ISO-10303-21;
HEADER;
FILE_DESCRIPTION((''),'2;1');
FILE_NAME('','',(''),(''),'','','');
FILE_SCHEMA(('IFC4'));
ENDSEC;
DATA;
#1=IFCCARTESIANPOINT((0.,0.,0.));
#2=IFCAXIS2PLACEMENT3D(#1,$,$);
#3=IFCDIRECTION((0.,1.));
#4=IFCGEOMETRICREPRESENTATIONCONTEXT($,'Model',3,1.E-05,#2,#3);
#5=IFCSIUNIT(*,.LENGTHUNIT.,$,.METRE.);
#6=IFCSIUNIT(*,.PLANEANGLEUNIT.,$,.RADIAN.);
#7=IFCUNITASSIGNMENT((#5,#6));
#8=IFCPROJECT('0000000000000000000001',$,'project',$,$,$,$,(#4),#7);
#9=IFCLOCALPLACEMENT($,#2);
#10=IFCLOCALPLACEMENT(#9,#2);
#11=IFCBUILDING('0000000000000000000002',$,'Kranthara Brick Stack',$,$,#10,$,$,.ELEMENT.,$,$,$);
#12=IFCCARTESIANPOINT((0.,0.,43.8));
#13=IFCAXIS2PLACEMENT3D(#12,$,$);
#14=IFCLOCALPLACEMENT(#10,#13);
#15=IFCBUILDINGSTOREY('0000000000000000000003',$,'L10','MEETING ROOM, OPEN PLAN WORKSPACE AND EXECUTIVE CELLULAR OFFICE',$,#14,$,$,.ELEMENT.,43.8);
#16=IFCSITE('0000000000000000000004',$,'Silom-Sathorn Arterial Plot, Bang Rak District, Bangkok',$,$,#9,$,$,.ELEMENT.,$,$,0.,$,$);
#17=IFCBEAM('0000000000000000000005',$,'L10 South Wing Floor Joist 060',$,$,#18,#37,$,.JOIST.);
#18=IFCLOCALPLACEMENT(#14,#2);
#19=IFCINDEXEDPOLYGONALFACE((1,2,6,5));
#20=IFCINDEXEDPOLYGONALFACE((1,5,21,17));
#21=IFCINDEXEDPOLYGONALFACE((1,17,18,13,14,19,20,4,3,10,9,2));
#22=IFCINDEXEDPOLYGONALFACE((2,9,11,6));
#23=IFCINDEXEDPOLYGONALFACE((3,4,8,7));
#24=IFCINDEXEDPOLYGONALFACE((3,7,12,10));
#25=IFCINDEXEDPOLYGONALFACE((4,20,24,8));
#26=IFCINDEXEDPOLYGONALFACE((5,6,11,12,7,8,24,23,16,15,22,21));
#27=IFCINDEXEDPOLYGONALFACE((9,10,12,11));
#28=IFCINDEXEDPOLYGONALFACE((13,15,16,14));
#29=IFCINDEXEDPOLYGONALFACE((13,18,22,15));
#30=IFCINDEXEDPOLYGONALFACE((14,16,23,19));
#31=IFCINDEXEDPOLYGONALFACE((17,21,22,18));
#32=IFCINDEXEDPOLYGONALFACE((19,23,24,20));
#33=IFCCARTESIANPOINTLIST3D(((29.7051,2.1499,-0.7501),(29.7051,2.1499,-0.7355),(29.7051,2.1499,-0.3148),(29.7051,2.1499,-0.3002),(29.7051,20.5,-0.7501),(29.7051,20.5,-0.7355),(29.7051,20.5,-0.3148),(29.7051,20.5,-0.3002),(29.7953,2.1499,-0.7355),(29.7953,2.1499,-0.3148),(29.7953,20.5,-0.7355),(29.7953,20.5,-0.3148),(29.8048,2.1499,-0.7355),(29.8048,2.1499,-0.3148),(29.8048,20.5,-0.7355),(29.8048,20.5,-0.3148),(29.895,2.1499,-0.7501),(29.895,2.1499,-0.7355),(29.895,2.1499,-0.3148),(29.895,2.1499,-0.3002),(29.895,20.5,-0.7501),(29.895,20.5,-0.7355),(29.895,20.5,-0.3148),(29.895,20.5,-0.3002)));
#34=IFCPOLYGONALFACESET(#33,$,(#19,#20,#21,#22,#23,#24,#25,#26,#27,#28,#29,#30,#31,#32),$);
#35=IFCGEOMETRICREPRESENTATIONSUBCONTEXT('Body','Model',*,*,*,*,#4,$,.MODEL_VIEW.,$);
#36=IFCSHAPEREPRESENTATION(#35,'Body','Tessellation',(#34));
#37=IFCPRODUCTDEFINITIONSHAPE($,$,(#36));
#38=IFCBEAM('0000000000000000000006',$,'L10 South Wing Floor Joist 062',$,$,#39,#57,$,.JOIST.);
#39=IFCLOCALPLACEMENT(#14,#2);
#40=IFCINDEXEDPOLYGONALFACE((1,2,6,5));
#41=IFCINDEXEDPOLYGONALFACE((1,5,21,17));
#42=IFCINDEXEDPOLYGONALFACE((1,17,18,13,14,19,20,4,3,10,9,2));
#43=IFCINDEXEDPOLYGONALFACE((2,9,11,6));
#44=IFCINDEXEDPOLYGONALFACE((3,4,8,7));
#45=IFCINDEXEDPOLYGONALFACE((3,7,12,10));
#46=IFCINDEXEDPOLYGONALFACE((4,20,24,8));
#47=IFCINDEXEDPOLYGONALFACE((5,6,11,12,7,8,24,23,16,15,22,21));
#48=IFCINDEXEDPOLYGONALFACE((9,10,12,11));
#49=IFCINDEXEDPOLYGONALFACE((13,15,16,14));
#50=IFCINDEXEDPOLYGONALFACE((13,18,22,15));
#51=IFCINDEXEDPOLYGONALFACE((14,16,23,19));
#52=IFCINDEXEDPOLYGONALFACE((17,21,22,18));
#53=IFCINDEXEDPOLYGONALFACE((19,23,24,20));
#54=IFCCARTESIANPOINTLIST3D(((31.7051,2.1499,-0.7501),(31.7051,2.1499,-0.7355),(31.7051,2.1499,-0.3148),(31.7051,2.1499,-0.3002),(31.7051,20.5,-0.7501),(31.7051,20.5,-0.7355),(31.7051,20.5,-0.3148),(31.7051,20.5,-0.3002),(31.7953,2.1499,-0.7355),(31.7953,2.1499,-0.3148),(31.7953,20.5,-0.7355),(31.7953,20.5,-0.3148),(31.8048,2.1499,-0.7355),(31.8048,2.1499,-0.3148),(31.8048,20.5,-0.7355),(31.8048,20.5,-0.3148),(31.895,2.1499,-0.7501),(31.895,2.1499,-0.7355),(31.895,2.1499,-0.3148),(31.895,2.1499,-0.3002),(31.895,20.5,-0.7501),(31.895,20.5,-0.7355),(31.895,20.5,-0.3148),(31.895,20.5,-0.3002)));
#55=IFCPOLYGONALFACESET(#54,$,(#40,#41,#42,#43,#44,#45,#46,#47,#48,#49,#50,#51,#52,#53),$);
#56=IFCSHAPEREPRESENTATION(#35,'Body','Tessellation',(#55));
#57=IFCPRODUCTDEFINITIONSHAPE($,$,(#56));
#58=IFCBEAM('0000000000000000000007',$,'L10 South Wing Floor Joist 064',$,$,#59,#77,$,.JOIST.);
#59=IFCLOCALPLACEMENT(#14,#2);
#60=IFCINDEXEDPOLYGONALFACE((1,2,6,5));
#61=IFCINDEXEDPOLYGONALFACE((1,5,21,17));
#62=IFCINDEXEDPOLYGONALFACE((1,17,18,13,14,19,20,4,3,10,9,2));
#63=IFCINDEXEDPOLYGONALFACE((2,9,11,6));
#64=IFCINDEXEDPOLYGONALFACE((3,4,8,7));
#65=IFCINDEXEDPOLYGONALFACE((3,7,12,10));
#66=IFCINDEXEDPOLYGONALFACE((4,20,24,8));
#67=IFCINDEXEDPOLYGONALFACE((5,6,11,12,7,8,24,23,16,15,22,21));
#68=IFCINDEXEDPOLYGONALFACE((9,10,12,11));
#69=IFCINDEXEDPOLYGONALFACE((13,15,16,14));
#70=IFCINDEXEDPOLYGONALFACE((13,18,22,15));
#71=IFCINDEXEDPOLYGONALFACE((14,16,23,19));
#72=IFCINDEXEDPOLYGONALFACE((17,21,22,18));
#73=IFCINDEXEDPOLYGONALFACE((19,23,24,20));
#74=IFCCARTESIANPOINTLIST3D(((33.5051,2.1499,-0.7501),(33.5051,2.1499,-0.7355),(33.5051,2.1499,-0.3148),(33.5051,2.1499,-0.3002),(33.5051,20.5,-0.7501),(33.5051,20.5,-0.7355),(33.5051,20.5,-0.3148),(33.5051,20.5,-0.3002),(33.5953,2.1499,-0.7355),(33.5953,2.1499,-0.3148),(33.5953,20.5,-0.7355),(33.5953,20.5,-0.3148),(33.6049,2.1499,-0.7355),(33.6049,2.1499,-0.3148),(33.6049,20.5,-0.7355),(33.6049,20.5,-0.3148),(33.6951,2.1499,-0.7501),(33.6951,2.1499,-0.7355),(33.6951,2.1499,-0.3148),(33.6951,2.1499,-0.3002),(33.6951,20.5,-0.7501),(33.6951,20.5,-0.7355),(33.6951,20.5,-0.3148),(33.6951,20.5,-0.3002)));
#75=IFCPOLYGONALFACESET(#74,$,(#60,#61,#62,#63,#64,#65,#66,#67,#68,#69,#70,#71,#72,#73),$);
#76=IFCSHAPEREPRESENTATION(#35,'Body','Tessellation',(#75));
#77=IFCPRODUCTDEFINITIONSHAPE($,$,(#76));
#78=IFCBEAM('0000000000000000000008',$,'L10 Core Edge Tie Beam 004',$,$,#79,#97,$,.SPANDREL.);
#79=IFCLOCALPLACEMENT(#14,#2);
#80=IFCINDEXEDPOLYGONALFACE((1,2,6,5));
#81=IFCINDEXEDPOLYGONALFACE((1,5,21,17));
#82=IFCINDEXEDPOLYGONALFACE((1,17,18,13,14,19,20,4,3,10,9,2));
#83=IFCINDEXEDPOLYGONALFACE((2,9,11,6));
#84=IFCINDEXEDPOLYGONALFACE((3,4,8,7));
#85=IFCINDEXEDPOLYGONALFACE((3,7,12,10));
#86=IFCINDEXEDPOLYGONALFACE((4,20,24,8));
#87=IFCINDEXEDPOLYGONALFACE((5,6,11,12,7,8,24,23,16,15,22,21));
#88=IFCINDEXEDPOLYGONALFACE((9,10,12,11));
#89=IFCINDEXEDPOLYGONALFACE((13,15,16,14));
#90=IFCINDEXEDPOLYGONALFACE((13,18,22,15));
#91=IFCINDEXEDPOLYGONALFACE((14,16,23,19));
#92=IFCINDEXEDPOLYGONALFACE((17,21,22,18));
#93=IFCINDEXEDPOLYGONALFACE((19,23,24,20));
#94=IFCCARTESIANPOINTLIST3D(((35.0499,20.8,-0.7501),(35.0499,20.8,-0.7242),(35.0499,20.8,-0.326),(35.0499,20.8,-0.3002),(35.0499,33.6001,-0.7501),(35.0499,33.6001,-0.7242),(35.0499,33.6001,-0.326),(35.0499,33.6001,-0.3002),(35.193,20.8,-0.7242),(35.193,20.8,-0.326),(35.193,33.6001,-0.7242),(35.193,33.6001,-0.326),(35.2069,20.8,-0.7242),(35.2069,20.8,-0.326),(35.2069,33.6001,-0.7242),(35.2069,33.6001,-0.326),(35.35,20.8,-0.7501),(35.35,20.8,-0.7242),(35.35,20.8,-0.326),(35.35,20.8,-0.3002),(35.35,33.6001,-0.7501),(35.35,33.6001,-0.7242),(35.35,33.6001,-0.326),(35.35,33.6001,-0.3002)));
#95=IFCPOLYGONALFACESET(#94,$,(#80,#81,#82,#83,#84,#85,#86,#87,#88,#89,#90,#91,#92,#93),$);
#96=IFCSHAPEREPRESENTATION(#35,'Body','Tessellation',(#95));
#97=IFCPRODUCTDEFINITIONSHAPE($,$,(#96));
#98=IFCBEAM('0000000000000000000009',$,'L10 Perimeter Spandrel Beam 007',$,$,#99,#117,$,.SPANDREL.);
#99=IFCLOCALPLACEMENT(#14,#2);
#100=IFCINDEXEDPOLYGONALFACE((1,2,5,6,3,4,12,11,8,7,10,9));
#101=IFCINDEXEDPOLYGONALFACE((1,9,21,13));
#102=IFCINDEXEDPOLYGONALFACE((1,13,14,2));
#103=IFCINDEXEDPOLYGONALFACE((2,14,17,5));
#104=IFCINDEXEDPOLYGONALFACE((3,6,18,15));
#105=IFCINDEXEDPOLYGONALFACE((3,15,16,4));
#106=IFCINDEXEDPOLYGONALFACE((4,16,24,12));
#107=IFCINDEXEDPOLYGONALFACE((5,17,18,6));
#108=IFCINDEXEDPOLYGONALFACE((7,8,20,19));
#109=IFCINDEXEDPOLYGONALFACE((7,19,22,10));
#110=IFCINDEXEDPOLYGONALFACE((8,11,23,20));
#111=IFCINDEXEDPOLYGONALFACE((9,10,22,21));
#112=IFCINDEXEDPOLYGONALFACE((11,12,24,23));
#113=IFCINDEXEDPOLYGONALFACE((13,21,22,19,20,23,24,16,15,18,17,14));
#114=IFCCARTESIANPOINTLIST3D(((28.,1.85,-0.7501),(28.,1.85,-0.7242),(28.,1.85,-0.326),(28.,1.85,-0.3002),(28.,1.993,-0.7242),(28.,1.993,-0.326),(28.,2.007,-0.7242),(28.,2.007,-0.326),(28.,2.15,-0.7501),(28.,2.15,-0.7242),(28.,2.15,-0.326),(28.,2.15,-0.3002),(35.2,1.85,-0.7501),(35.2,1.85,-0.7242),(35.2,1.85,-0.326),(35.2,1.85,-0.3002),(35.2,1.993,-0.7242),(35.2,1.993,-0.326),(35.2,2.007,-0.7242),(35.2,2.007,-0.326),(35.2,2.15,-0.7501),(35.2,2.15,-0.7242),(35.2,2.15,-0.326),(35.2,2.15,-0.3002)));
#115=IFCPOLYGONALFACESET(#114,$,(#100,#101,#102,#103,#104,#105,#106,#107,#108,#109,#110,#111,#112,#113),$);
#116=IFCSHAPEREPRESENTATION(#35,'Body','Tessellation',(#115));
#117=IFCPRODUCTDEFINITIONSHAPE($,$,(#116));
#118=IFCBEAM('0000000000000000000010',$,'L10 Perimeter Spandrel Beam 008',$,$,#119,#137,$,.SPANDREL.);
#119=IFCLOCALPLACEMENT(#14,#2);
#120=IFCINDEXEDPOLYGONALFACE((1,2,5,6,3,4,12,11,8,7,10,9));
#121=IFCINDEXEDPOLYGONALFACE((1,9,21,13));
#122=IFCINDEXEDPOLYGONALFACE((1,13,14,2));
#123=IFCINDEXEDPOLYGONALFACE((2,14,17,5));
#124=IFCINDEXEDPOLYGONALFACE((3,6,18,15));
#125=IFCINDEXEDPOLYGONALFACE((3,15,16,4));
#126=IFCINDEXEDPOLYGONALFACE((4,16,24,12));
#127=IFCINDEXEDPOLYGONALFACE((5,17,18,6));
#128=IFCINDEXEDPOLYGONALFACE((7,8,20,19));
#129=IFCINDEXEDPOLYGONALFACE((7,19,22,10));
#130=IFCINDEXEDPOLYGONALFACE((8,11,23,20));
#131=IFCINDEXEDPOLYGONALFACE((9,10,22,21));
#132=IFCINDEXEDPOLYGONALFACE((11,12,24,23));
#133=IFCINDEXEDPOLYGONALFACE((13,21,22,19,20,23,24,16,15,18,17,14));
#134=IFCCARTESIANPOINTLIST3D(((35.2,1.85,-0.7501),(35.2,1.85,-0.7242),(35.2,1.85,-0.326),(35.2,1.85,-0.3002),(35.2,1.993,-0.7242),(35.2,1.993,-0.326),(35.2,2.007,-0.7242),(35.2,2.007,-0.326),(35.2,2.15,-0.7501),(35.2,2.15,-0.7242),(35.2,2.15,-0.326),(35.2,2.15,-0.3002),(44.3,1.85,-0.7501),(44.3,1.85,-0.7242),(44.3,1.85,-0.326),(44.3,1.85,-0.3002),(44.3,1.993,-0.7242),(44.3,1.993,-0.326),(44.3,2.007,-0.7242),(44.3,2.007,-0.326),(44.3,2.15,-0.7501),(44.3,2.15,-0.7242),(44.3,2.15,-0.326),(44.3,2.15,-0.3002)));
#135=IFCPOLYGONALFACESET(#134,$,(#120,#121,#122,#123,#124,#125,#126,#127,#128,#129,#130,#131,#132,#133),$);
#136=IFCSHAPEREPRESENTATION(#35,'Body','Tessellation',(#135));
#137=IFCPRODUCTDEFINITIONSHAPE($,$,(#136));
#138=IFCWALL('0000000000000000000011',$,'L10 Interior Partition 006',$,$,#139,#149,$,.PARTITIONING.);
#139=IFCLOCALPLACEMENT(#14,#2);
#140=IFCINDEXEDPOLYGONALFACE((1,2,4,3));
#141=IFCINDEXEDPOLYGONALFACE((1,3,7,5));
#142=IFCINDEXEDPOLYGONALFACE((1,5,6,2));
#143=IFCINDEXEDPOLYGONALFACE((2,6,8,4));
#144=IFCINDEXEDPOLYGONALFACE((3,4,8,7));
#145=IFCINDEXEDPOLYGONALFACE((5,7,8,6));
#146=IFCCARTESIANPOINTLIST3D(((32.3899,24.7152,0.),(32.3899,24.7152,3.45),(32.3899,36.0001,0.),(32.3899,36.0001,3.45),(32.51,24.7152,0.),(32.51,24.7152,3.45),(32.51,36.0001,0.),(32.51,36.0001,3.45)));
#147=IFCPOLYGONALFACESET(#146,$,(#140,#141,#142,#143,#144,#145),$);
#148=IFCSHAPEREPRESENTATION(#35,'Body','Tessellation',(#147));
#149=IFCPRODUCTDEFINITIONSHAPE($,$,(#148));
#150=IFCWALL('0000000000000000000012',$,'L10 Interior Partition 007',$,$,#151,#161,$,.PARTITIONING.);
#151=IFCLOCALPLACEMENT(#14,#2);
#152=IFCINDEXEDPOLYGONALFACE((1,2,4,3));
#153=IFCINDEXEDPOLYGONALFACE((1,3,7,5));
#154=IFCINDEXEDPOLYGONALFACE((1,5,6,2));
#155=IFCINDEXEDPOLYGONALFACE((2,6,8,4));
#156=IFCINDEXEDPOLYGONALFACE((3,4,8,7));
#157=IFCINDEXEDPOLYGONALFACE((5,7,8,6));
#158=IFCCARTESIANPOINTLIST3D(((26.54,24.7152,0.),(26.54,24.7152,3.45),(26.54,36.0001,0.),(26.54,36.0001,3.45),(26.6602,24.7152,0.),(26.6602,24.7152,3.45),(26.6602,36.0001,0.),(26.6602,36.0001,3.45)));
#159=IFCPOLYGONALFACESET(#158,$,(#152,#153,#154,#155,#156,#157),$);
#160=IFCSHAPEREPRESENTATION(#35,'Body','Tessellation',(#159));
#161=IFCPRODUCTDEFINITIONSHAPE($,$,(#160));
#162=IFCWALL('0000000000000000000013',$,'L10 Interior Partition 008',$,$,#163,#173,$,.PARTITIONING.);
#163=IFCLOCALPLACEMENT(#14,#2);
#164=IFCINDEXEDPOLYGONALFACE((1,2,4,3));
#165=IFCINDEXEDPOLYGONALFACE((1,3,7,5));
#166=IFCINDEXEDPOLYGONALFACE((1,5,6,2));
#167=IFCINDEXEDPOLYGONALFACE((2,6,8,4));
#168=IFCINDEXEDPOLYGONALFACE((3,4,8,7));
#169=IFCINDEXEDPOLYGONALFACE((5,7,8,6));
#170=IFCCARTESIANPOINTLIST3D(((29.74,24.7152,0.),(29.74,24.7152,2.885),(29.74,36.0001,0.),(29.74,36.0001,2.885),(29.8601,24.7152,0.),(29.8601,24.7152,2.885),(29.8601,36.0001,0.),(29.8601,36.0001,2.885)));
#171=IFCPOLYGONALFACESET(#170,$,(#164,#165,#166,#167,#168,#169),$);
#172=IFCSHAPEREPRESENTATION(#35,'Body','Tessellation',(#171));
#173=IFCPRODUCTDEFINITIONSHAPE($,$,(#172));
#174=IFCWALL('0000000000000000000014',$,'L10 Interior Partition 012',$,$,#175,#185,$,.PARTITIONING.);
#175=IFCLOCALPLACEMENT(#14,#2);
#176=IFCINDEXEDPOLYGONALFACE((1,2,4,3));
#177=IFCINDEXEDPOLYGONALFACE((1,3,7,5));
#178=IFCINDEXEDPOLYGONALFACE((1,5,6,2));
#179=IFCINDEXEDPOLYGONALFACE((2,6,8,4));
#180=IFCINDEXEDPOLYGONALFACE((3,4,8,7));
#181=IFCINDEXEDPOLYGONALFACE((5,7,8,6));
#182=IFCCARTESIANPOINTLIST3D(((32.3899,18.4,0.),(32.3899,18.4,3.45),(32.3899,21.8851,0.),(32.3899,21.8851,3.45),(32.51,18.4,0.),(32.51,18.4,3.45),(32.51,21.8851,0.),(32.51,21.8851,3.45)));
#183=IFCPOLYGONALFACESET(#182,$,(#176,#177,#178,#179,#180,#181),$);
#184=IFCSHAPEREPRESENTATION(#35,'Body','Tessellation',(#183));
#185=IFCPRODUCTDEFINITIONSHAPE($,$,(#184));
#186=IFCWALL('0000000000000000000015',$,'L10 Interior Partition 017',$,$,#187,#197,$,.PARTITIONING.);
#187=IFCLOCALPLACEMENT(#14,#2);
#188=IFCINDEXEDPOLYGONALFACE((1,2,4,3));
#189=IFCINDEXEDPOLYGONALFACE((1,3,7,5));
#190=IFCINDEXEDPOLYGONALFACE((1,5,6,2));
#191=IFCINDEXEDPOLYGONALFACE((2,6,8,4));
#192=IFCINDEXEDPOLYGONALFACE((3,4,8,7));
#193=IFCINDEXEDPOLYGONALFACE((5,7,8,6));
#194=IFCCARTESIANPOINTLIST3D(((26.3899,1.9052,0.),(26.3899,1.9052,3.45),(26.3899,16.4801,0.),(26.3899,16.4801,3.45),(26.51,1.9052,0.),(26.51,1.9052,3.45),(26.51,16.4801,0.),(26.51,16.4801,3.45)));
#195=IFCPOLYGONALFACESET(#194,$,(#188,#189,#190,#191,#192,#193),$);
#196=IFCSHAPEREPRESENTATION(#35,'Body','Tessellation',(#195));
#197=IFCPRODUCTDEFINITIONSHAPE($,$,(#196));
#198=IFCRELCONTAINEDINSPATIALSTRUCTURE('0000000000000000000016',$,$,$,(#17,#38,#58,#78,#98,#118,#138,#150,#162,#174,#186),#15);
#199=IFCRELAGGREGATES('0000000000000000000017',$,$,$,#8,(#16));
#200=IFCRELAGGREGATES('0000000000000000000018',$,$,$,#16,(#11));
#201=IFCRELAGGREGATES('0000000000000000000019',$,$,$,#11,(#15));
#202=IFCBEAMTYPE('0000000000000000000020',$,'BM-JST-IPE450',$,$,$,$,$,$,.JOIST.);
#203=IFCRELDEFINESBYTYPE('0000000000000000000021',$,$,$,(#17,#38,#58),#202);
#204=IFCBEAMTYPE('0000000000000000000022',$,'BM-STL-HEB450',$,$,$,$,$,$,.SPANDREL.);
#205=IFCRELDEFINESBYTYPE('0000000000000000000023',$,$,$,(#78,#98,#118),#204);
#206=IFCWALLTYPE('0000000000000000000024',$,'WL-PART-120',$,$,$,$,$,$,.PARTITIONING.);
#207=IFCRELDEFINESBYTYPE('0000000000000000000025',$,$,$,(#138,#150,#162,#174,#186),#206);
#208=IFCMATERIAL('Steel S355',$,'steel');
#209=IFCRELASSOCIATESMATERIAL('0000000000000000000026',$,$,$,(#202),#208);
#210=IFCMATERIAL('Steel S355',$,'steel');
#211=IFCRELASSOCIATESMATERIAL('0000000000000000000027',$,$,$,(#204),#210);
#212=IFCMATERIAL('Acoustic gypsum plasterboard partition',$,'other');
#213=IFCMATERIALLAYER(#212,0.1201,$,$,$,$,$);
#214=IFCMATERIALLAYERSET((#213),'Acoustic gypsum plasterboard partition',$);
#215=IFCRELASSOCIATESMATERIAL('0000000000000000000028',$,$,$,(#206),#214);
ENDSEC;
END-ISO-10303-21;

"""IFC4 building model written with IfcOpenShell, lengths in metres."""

from ifc_helpers import new_model, si_unit, direction, frame, frame_2d, origin, origin_2d, place, context, subcontext, project, spatial, rectangle, i_section, extrude, material, layer, layer_set, material_profile, profile_set, type_object, element, save


model = new_model("IFC4")

# Units and contexts
model_context = context("Model", 3, precision=1e-05, world=origin(), true_north=direction((0.0, 1.0)))
body_context = subcontext(model_context, "Body", "Model", "MODEL_VIEW")
ifc_project = project(units=[si_unit("LENGTHUNIT", "METRE"), si_unit("PLANEANGLEUNIT", "RADIAN")], contexts=[model_context])

# Site, building, storey
site_placement = place(None, origin())
site = spatial("IfcSite", under=ifc_project, at=site_placement, Name="Silom-Sathorn Arterial Plot, Bang Rak District, Bangkok", CompositionType="ELEMENT", RefElevation=0.0)
building_placement = place(site_placement, origin())
building = spatial("IfcBuilding", under=site, at=building_placement, Name="Kranthara Brick Stack", CompositionType="ELEMENT")
storey_placement = place(building_placement, frame((0.0, 0.0, 43.8)))
storey = spatial("IfcBuildingStorey", under=building, at=storey_placement, Name="L10", Description="MEETING ROOM, OPEN PLAN WORKSPACE AND EXECUTIVE CELLULAR OFFICE", CompositionType="ELEMENT", Elevation=43.8)

# Beams
ifc_material_1 = material(Name="Steel S355", Category="steel")
ifc_material_profile_1 = material_profile(ifc_material_1, i_section(OverallWidth=0.1899, OverallDepth=0.45, WebThickness=0.0095, FlangeThickness=0.0146, at=origin_2d()), Name="IPE 450")
ifc_profile_set_1 = profile_set([ifc_material_profile_1], Name="Steel S355")
beam_type_1 = type_object("IfcBeamType", Name="BM-JST-IPE450", PredefinedType="JOIST", material=ifc_profile_set_1)
for number, where, z_axis, x_axis, name in (
    (1, (29.8, 2.1499, -0.5251), (0.0, 1.0, 0.0), (-1.0, 0.0, 0.0), "L10 South Wing Floor Joist 060"),
    (2, (31.8, 2.1499, -0.5251), (0.0, 1.0, 0.0), (-1.0, 0.0, 0.0), "L10 South Wing Floor Joist 062"),
    (3, (33.6001, 2.1499, -0.5251), (0.0, 1.0, 0.0), (-1.0, 0.0, 0.0), "L10 South Wing Floor Joist 064"),
):
    element("IfcBeam", number, at=place(storey_placement, frame(where, z_axis=z_axis, x_axis=x_axis)), inside=storey, type_object=beam_type_1, Name=name, PredefinedType="JOIST", context=body_context, shape_type="SweptSolid", body=[
        extrude(i_section(OverallWidth=0.1899, OverallDepth=0.45, WebThickness=0.0095, FlangeThickness=0.0146, at=origin_2d()), origin(), (0.0, 0.0, 1.0), 18.3501),
    ])
ifc_material_2 = material(Name="Steel S355", Category="steel")
ifc_material_profile_2 = material_profile(ifc_material_2, i_section(OverallWidth=0.3, OverallDepth=0.45, WebThickness=0.0139, FlangeThickness=0.0259, at=origin_2d()), Name="HEB 450")
ifc_profile_set_2 = profile_set([ifc_material_profile_2], Name="Steel S355")
beam_type_2 = type_object("IfcBeamType", Name="BM-STL-HEB450", PredefinedType="SPANDREL", material=ifc_profile_set_2)
beam_1_placement = place(storey_placement, frame((35.2, 20.8, -0.5251), z_axis=(0.0, 1.0, 0.0), x_axis=(-1.0, 0.0, 0.0)))
element("IfcBeam", 4, at=beam_1_placement, inside=storey, type_object=beam_type_2, Name="L10 Core Edge Tie Beam 004", PredefinedType="SPANDREL", context=body_context, shape_type="SweptSolid", body=[
    extrude(i_section(OverallWidth=0.3, OverallDepth=0.45, WebThickness=0.0139, FlangeThickness=0.0259, at=origin_2d()), origin(), (0.0, 0.0, 1.0), 12.8),
])
beam_2_placement = place(storey_placement, frame((28.0, 2.0, -0.5251), z_axis=(1.0, 0.0, 0.0), x_axis=(0.0, 1.0, 0.0)))
element("IfcBeam", 5, at=beam_2_placement, inside=storey, type_object=beam_type_2, Name="L10 Perimeter Spandrel Beam 007", PredefinedType="SPANDREL", context=body_context, shape_type="SweptSolid", body=[
    extrude(i_section(OverallWidth=0.3, OverallDepth=0.45, WebThickness=0.0139, FlangeThickness=0.0259, at=origin_2d()), origin(), (0.0, 0.0, 1.0), 7.2),
])
beam_3_placement = place(storey_placement, frame((35.2, 2.0, -0.5251), z_axis=(1.0, 0.0, 0.0), x_axis=(0.0, 1.0, 0.0)))
element("IfcBeam", 6, at=beam_3_placement, inside=storey, type_object=beam_type_2, Name="L10 Perimeter Spandrel Beam 008", PredefinedType="SPANDREL", context=body_context, shape_type="SweptSolid", body=[
    extrude(i_section(OverallWidth=0.3, OverallDepth=0.45, WebThickness=0.0139, FlangeThickness=0.0259, at=origin_2d()), origin(), (0.0, 0.0, 1.0), 9.1001),
])

# Walls
ifc_material_3 = material(Name="Acoustic gypsum plasterboard partition", Category="other")
ifc_layer_1 = layer(ifc_material_3, 0.1201)
ifc_layer_set_1 = layer_set([ifc_layer_1], Name="Acoustic gypsum plasterboard partition")
wall_type_1 = type_object("IfcWallType", Name="WL-PART-120", PredefinedType="PARTITIONING", material=ifc_layer_set_1)
for number, where, z_axis, x_axis, name in (
    (7, (32.45, 24.7151, 0.0), (0.0, 0.0, 1.0), (0.0, 1.0, 0.0), "L10 Interior Partition 006"),
    (8, (26.6001, 24.7151, 0.0), (0.0, 0.0, 1.0), (0.0, 1.0, 0.0), "L10 Interior Partition 007"),
):
    element("IfcWall", number, at=place(storey_placement, frame(where, z_axis=z_axis, x_axis=x_axis)), inside=storey, type_object=wall_type_1, Name=name, PredefinedType="PARTITIONING", context=body_context, shape_type="SweptSolid", body=[
        extrude(rectangle(XDim=11.2849, YDim=0.1201, at=frame_2d((5.6426, 0.0))), origin(), (0.0, 0.0, 1.0), 3.45),
    ])
wall_1_placement = place(storey_placement, frame((29.8, 24.7151, 0.0), z_axis=(0.0, 0.0, 1.0), x_axis=(0.0, 1.0, 0.0)))
element("IfcWall", 9, at=wall_1_placement, inside=storey, type_object=wall_type_1, Name="L10 Interior Partition 008", PredefinedType="PARTITIONING", context=body_context, shape_type="SweptSolid", body=[
    extrude(rectangle(XDim=11.2849, YDim=0.1201, at=frame_2d((5.6426, 0.0))), origin(), (0.0, 0.0, 1.0), 2.885),
])
wall_2_placement = place(storey_placement, frame((32.45, 18.3999, 0.0), z_axis=(0.0, 0.0, 1.0), x_axis=(0.0, 1.0, 0.0)))
element("IfcWall", 10, at=wall_2_placement, inside=storey, type_object=wall_type_1, Name="L10 Interior Partition 012", PredefinedType="PARTITIONING", context=body_context, shape_type="SweptSolid", body=[
    extrude(rectangle(XDim=3.4851, YDim=0.1201, at=frame_2d((1.7427, 0.0))), origin(), (0.0, 0.0, 1.0), 3.45),
])
for number, where, z_axis, x_axis, name in (
    (11, (26.45, 1.905, 0.0), (0.0, 0.0, 1.0), (0.0, 1.0, 0.0), "L10 Interior Partition 017"),
):
    element("IfcWall", number, at=place(storey_placement, frame(where, z_axis=z_axis, x_axis=x_axis)), inside=storey, type_object=wall_type_1, Name=name, PredefinedType="PARTITIONING", context=body_context, shape_type="SweptSolid", body=[
        extrude(rectangle(XDim=14.575, YDim=0.1201, at=frame_2d((7.2876, 0.0))), origin(), (0.0, 0.0, 1.0), 3.45),
    ])

save(model, "model.ifc")
